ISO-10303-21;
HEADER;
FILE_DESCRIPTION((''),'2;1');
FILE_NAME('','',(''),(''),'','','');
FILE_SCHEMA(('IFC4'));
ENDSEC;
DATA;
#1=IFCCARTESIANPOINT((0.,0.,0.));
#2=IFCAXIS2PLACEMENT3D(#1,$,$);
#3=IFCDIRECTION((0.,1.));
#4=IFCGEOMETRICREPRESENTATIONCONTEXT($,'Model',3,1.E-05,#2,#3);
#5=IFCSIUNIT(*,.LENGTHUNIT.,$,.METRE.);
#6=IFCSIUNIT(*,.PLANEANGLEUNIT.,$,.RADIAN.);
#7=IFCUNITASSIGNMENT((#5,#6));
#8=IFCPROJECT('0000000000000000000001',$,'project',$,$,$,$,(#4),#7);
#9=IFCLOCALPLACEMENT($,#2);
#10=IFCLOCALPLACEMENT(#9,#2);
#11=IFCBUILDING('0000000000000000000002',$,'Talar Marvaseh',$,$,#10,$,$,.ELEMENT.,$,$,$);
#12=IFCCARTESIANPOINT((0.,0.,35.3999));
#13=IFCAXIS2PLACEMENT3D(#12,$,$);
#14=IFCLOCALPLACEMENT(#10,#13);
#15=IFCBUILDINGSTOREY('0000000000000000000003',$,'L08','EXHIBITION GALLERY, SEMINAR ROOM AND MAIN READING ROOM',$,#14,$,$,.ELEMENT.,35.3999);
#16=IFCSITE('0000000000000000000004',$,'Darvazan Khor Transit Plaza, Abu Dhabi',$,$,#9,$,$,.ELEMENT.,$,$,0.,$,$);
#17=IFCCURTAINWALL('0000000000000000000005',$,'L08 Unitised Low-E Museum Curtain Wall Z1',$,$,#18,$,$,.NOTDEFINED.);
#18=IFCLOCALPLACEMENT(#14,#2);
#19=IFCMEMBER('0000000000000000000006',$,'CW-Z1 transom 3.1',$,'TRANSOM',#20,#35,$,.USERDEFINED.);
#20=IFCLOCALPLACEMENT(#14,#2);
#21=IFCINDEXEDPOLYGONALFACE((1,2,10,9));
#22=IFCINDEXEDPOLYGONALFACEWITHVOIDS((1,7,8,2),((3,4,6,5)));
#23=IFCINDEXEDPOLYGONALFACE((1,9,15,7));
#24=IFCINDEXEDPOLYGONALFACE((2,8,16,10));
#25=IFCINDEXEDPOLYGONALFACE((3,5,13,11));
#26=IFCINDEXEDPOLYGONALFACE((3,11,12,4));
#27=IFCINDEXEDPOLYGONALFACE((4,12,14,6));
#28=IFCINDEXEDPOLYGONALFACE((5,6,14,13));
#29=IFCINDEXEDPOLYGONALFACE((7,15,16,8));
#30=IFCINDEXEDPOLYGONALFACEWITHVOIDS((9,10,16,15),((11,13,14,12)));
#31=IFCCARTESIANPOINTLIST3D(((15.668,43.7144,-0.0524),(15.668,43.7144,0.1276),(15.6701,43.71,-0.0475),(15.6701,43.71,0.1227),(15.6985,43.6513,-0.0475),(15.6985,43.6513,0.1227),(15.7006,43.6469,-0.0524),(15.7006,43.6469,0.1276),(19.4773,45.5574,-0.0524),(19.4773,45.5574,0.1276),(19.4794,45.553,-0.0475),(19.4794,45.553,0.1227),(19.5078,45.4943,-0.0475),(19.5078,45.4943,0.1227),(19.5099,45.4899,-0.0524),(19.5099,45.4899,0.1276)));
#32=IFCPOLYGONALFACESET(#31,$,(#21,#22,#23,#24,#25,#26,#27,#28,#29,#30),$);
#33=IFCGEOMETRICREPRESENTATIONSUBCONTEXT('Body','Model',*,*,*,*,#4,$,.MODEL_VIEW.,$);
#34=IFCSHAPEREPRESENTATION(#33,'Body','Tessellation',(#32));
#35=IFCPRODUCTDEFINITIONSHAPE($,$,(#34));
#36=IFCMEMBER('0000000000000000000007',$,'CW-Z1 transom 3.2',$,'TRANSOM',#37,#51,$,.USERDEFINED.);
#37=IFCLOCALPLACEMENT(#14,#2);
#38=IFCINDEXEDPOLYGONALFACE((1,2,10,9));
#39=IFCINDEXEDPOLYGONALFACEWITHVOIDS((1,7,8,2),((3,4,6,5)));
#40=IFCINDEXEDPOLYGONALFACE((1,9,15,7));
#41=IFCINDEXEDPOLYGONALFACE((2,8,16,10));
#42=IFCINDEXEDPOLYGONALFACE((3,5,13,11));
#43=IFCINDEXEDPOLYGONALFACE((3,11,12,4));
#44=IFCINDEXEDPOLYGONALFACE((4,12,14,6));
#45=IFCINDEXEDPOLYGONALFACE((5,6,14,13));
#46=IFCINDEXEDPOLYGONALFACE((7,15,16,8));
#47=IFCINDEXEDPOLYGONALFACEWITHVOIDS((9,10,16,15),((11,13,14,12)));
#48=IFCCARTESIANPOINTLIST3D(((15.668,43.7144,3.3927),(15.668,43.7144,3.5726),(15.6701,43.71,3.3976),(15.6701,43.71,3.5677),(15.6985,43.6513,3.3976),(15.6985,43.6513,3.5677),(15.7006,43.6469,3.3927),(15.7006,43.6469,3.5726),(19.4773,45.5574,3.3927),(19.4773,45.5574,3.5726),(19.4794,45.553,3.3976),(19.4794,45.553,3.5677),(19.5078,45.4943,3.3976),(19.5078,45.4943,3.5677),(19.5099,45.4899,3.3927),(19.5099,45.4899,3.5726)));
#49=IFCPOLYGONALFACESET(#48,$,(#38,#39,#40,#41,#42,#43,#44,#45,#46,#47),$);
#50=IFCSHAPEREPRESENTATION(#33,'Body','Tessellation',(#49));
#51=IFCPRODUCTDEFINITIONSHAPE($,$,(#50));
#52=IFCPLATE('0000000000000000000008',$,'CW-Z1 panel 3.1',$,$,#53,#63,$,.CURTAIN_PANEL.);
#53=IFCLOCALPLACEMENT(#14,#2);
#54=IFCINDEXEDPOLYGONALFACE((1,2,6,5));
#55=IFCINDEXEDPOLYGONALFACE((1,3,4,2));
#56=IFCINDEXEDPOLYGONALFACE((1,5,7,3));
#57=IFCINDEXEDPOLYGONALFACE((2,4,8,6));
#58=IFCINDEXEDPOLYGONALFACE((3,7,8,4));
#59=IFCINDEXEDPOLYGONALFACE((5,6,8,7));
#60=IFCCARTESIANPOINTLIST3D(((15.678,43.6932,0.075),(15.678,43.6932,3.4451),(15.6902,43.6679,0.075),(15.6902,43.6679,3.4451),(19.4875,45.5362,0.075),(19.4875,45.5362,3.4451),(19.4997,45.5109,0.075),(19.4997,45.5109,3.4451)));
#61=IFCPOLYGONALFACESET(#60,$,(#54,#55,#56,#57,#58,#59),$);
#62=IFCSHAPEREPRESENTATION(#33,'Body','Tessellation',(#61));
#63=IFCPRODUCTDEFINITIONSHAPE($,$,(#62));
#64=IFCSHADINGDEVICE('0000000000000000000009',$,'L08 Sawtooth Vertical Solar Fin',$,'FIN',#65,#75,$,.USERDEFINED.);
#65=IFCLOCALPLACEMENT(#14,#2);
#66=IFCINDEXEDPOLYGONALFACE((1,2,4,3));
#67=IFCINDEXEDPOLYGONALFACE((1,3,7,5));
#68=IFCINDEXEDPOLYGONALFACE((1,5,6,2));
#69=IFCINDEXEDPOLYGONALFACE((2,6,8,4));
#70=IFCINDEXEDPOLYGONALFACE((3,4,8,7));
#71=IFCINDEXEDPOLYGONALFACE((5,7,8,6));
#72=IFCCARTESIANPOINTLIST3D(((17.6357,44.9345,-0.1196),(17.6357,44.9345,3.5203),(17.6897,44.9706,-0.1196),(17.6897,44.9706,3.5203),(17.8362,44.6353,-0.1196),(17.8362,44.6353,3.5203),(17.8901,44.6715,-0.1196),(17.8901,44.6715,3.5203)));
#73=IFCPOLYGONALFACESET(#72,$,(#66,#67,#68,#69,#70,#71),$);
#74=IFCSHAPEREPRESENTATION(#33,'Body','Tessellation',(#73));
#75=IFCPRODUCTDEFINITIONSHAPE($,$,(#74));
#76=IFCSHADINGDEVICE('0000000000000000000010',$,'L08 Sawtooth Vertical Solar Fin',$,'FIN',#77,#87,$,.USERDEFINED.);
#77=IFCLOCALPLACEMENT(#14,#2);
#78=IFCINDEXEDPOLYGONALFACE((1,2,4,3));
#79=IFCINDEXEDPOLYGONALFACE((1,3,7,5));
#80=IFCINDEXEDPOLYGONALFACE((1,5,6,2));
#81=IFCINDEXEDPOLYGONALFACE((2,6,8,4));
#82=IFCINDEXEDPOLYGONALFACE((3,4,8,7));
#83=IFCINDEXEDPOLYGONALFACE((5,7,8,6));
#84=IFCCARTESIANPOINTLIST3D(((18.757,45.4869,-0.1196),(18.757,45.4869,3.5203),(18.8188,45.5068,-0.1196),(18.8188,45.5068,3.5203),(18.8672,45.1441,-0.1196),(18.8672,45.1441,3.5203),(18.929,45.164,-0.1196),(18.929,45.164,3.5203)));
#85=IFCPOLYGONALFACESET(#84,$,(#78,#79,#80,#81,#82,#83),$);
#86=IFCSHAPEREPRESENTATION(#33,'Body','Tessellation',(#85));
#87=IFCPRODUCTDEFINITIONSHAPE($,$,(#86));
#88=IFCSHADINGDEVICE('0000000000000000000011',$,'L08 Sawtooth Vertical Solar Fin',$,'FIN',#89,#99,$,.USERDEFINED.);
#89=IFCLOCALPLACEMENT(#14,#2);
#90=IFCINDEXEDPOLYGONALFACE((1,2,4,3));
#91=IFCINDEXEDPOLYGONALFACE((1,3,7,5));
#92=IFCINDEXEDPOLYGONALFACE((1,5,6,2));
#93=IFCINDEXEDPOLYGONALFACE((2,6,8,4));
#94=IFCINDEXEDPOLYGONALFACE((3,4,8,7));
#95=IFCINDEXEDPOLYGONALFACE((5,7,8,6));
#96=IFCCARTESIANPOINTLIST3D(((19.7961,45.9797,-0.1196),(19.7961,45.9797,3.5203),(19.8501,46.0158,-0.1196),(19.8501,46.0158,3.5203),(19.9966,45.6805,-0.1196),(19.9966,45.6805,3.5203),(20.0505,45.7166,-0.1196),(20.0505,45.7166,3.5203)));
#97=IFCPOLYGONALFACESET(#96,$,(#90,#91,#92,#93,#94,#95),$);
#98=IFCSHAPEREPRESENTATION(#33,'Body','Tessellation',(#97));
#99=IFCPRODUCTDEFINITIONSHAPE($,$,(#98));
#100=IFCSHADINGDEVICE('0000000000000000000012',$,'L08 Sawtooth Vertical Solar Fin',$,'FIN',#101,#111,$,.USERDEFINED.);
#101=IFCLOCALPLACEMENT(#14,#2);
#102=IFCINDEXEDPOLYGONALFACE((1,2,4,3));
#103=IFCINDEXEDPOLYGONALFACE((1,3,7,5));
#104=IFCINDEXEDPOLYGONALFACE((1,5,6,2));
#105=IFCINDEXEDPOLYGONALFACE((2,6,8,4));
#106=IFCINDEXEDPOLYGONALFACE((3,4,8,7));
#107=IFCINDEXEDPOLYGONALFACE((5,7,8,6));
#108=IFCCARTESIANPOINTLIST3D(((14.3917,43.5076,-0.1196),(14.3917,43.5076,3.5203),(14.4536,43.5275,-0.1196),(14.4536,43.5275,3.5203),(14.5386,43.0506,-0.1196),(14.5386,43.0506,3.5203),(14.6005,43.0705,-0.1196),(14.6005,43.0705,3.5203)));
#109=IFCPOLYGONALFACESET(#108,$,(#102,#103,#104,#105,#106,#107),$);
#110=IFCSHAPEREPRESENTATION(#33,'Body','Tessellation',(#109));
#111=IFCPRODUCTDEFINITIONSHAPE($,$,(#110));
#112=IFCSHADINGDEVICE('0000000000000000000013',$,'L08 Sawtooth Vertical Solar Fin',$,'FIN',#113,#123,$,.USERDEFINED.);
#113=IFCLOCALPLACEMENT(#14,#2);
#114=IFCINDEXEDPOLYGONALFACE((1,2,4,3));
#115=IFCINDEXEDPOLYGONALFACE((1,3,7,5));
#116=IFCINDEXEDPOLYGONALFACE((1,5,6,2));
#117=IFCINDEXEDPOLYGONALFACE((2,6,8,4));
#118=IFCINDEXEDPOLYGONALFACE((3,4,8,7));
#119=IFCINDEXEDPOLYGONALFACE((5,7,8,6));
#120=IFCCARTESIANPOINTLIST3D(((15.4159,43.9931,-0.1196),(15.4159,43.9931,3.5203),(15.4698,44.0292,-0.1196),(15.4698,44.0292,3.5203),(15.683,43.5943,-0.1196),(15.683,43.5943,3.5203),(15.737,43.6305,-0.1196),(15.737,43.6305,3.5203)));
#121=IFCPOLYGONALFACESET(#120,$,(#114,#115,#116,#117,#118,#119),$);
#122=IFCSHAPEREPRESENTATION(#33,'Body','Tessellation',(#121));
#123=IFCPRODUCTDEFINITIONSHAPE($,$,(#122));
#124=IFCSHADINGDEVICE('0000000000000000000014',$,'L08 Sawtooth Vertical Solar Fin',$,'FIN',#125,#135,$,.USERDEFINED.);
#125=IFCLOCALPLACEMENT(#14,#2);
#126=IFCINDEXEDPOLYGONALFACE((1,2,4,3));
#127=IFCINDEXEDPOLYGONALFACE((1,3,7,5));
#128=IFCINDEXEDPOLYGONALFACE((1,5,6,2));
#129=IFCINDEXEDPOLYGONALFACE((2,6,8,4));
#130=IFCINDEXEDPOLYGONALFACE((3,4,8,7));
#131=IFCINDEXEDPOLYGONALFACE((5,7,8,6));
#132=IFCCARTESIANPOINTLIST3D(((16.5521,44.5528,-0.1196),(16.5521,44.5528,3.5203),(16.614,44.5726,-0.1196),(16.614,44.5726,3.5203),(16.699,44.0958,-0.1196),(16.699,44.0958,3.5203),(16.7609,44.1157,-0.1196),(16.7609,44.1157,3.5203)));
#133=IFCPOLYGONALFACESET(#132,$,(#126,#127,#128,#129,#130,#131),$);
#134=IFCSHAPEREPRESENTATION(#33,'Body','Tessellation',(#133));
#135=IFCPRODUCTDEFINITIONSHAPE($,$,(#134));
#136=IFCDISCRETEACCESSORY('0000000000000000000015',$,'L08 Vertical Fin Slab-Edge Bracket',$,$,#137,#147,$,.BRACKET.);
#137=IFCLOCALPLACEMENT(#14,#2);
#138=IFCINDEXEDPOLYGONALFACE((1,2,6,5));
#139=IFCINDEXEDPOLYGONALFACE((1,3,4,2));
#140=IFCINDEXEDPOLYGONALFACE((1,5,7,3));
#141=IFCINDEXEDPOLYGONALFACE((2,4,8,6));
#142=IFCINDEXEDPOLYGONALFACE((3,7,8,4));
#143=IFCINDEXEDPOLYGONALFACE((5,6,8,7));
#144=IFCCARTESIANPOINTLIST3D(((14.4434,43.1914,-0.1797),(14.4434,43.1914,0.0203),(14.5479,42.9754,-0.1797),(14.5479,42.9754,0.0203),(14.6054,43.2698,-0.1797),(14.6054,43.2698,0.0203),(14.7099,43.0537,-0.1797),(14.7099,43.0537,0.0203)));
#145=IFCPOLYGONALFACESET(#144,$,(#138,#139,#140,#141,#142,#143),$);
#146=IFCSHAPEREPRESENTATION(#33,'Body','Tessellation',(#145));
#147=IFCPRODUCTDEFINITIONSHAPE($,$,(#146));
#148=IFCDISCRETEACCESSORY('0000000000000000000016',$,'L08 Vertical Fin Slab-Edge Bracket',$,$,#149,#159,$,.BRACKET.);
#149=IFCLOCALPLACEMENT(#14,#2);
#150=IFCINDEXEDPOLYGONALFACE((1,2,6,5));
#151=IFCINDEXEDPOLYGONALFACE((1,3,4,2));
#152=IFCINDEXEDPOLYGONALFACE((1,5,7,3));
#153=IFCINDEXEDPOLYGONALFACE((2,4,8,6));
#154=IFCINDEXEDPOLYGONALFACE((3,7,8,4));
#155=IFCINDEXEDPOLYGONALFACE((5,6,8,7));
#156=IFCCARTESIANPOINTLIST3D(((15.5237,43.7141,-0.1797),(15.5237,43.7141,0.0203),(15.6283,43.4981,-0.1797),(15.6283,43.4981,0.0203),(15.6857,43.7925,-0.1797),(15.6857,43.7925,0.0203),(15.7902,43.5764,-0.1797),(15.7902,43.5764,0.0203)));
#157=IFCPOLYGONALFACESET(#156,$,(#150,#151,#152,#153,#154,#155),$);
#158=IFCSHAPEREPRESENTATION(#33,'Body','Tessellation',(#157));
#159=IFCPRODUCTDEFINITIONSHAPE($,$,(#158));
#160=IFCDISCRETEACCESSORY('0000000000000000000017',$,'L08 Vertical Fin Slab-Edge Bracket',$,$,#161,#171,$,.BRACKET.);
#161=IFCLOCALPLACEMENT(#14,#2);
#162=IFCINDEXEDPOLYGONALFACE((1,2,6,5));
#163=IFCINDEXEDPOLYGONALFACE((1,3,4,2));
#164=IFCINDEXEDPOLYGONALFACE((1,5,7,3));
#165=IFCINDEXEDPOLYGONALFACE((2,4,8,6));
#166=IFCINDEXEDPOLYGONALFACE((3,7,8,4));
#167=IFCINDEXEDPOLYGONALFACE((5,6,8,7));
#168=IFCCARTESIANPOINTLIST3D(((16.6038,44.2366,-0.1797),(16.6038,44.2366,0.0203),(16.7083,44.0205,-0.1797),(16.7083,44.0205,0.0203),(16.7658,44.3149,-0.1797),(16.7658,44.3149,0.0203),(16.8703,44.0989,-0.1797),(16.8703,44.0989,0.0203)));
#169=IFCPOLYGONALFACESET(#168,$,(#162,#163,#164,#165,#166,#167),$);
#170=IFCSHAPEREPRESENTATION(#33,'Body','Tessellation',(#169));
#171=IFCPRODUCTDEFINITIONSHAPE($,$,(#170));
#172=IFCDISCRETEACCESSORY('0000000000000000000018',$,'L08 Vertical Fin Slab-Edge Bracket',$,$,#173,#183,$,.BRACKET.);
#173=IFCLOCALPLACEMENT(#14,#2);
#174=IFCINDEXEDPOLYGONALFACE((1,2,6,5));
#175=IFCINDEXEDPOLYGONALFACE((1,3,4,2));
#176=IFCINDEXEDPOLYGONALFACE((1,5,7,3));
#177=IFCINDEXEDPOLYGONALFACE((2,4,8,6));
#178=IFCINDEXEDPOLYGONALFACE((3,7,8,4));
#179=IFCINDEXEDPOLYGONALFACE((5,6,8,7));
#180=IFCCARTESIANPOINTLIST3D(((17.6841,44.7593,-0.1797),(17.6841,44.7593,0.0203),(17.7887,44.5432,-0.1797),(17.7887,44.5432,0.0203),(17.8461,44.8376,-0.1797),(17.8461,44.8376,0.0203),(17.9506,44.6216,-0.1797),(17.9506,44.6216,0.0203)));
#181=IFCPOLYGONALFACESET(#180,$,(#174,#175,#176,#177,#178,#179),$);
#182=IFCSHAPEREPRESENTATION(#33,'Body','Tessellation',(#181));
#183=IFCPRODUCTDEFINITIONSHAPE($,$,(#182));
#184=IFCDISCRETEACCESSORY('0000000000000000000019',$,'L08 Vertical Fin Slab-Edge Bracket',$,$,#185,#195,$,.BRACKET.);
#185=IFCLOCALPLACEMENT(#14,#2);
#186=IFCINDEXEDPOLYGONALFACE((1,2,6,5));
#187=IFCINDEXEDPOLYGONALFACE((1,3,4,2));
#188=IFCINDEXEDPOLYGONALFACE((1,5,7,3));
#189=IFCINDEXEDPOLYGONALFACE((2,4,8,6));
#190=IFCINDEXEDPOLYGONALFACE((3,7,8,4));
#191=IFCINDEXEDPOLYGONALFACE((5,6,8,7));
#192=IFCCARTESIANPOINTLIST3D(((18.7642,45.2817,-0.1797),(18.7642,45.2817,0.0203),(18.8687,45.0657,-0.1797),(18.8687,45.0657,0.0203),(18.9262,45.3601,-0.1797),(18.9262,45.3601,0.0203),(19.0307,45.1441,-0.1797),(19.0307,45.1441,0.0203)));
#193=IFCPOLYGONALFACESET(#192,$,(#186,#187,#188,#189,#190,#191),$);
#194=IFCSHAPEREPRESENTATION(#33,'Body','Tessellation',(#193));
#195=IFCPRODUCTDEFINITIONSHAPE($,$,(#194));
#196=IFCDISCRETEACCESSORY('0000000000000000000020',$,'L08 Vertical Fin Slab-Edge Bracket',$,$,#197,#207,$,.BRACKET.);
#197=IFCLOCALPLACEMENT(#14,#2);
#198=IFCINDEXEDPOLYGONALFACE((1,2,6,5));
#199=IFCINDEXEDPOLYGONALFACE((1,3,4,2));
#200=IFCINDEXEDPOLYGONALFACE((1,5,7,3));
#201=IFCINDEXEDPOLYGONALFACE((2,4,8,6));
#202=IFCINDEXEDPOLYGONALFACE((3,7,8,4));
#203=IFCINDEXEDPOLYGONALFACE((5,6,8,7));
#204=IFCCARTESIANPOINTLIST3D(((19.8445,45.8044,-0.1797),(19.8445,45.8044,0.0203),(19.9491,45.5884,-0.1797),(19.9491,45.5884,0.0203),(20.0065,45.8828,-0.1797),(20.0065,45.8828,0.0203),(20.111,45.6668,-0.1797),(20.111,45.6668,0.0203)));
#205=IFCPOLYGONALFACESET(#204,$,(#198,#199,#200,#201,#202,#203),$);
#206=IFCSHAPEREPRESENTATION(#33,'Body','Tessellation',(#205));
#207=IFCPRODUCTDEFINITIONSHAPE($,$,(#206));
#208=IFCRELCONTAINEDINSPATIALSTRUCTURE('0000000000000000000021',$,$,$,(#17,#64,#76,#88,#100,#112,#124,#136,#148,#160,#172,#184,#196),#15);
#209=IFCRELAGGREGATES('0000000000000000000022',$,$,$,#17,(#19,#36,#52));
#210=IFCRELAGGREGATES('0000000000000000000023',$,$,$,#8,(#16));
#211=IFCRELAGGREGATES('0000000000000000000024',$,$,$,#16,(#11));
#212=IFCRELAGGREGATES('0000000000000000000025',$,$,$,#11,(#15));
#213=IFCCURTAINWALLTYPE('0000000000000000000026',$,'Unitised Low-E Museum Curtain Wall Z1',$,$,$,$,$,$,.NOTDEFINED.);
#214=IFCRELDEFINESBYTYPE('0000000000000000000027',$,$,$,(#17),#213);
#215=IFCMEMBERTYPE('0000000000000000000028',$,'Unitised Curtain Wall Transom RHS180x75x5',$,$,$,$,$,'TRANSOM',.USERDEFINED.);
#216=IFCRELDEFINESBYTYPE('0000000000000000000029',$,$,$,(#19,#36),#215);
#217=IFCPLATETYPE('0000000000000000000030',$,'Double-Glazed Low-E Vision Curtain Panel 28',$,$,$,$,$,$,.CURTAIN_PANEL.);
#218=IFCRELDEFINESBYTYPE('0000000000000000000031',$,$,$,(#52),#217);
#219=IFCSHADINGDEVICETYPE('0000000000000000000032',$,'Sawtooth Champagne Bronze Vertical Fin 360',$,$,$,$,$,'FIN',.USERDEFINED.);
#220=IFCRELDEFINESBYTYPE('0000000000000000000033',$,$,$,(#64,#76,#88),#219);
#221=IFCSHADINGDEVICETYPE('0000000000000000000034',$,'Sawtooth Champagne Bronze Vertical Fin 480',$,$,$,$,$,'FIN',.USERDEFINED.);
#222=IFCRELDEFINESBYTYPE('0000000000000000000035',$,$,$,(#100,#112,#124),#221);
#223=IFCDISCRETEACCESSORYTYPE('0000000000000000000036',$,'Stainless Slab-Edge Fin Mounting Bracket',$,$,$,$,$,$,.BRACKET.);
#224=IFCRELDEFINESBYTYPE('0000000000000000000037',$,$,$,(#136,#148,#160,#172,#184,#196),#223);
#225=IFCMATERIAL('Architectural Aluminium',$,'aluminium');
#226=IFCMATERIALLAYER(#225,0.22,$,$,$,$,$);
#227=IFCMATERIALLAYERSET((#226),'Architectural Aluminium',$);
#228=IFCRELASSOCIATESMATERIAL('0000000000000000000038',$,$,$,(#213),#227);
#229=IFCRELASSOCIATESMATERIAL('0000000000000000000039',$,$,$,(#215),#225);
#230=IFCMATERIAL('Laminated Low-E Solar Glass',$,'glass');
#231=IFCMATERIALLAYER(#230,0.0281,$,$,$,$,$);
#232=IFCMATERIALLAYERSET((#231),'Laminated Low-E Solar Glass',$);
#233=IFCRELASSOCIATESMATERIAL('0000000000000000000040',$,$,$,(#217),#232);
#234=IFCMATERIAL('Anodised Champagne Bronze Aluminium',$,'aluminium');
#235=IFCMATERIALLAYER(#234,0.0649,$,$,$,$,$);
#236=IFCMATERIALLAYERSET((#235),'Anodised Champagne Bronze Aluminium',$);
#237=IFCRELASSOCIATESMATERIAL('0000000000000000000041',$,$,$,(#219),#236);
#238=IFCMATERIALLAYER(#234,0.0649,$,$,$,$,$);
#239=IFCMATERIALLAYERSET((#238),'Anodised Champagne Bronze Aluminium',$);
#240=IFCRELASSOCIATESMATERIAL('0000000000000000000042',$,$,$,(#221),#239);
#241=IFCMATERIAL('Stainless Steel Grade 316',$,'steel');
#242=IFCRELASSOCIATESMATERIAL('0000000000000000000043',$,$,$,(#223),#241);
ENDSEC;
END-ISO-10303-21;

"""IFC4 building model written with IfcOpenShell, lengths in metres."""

from ifc_helpers import new_model, si_unit, direction, frame, origin, origin_2d, place, context, subcontext, project, spatial, rectangle, hollow_rectangle, extrude, source, transform, mapped, material, layer, layer_set, material_profile, profile_set, type_object, type_shapes, element, aggregate, save


model = new_model("IFC4")

# Units and contexts
model_context = context("Model", 3, precision=1e-05, world=origin(), true_north=direction((0.0, 1.0)))
body_context = subcontext(model_context, "Body", "Model", "MODEL_VIEW")
ifc_project = project(units=[si_unit("LENGTHUNIT", "METRE"), si_unit("PLANEANGLEUNIT", "RADIAN")], contexts=[model_context])

# Site, building, storey
site_placement = place(None, origin())
site = spatial("IfcSite", under=ifc_project, at=site_placement, Name="Darvazan Khor Transit Plaza, Abu Dhabi", CompositionType="ELEMENT", RefElevation=0.0)
building_placement = place(site_placement, origin())
building = spatial("IfcBuilding", under=site, at=building_placement, Name="Talar Marvaseh", CompositionType="ELEMENT")
storey_placement = place(building_placement, frame((0.0, 0.0, 35.3999)))
storey = spatial("IfcBuildingStorey", under=building, at=storey_placement, Name="L08", Description="EXHIBITION GALLERY, SEMINAR ROOM AND MAIN READING ROOM", CompositionType="ELEMENT", Elevation=35.3999)

# Curtain wall, members, plate
ifc_material_1 = material(Name="Architectural Aluminium", Category="aluminium")
ifc_layer_1 = layer(ifc_material_1, 0.22)
ifc_layer_set_1 = layer_set([ifc_layer_1], Name="Architectural Aluminium")
curtain_wall_type = type_object("IfcCurtainWallType", Name="Unitised Low-E Museum Curtain Wall Z1", PredefinedType="NOTDEFINED", material=ifc_layer_set_1)
curtain_wall_placement = place(storey_placement, origin())
curtain_wall = element("IfcCurtainWall", 1, at=curtain_wall_placement, inside=storey, type_object=curtain_wall_type, Name="L08 Unitised Low-E Museum Curtain Wall Z1", PredefinedType="NOTDEFINED")
ifc_material_profile_1 = material_profile(ifc_material_1, hollow_rectangle(XDim=0.075, YDim=0.1799, WallThickness=0.0049, at=origin_2d()), Name="RHS180x75x5")
ifc_profile_set_1 = profile_set([ifc_material_profile_1], Name="Architectural Aluminium")
member_type_1 = type_object("IfcMemberType", Name="Unitised Curtain Wall Transom RHS180x75x5", ElementType="TRANSOM", PredefinedType="USERDEFINED", material=ifc_profile_set_1)
shared_shape_1 = source(origin(), body_context, "Body", "SweptSolid", [
    extrude(hollow_rectangle(XDim=0.075, YDim=0.1799, WallThickness=0.0049, at=origin_2d()), origin(), (0.0, 0.0, 1.0), 4.2317),
])
member_1_placement = place(storey_placement, frame((15.6843, 43.6807, 0.0376), z_axis=(0.900178, 0.435522, 0.0), x_axis=(-0.435522, 0.900178, 0.0)))
member_1 = element("IfcMember", 2, at=member_1_placement, type_object=member_type_1, Name="CW-Z1 transom 3.1", ObjectType="TRANSOM", PredefinedType="USERDEFINED", context=body_context, shape_type="MappedRepresentation", body=[
    mapped(shared_shape_1, transform((0.0, 0.0, 0.0), x_axis=(1.0, 0.0, 0.0), y_axis=(0.0, 1.0, 0.0), z_axis=(0.0, 0.0, 1.0), scale=1.0)),
])
member_2_placement = place(storey_placement, frame((15.6843, 43.6807, 3.4827), z_axis=(0.900178, 0.435522, 0.0), x_axis=(-0.435522, 0.900178, 0.0)))
member_2 = element("IfcMember", 3, at=member_2_placement, type_object=member_type_1, Name="CW-Z1 transom 3.2", ObjectType="TRANSOM", PredefinedType="USERDEFINED", context=body_context, shape_type="MappedRepresentation", body=[
    mapped(shared_shape_1, transform((0.0, 0.0, 0.0), x_axis=(1.0, 0.0, 0.0), y_axis=(0.0, 1.0, 0.0), z_axis=(0.0, 0.0, 1.0), scale=1.0)),
])
ifc_material_2 = material(Name="Laminated Low-E Solar Glass", Category="glass")
ifc_layer_2 = layer(ifc_material_2, 0.0281)
ifc_layer_set_2 = layer_set([ifc_layer_2], Name="Laminated Low-E Solar Glass")
plate_type = type_object("IfcPlateType", Name="Double-Glazed Low-E Vision Curtain Panel 28", PredefinedType="CURTAIN_PANEL", material=ifc_layer_set_2)
shared_shape_2 = source(origin(), body_context, "Body", "SweptSolid", [
    extrude(rectangle(XDim=4.2319, YDim=0.0281, at=origin_2d()), origin(), (0.0, 0.0, 1.0), 3.3701),
])
type_shapes(plate_type, [shared_shape_2])
plate_placement = place(storey_placement, frame((17.5889, 44.6021, 0.075), z_axis=(0.0, 0.0, 1.0), x_axis=(0.900184, 0.43551, 0.0)))
plate = element("IfcPlate", 4, at=plate_placement, type_object=plate_type, Name="CW-Z1 panel 3.1", PredefinedType="CURTAIN_PANEL", context=body_context, shape_type="MappedRepresentation", body=[
    mapped(shared_shape_2, transform((0.0, 0.0, 0.0), x_axis=(1.0, 0.0, 0.0), y_axis=(0.0, 1.0, 0.0), z_axis=(0.0, 0.0, 1.0), scale=1.0)),
])
aggregate(curtain_wall, [member_1, member_2, plate])

# Shading devices
ifc_material_3 = material(Name="Anodised Champagne Bronze Aluminium", Category="aluminium")
ifc_layer_3 = layer(ifc_material_3, 0.0649)
ifc_layer_set_3 = layer_set([ifc_layer_3], Name="Anodised Champagne Bronze Aluminium")
shading_device_type_1 = type_object("IfcShadingDeviceType", Name="Sawtooth Champagne Bronze Vertical Fin 360", ElementType="FIN", PredefinedType="USERDEFINED", material=ifc_layer_set_3)
shared_shape_3 = source(origin(), body_context, "Body", "SweptSolid", [
    extrude(rectangle(XDim=0.3601, YDim=0.0649, at=origin_2d()), origin(), (0.0, 0.0, 1.0), 3.6399),
])
type_shapes(shading_device_type_1, [shared_shape_3])
for number, where, z_axis, x_axis, name in (
    (5, (17.7629, 44.803, -0.1196), (0.0, 0.0, 1.0), (-0.556586, 0.83079, 0.0), "L08 Sawtooth Vertical Solar Fin"),
    (6, (18.843, 45.3254, -0.1196), (0.0, 0.0, 1.0), (-0.306028, 0.952023, 0.0), "L08 Sawtooth Vertical Solar Fin"),
    (7, (19.9233, 45.8481, -0.1196), (0.0, 0.0, 1.0), (-0.556586, 0.83079, 0.0), "L08 Sawtooth Vertical Solar Fin"),
):
    element("IfcShadingDevice", number, at=place(storey_placement, frame(where, z_axis=z_axis, x_axis=x_axis)), inside=storey, type_object=shading_device_type_1, Name=name, ObjectType="FIN", PredefinedType="USERDEFINED", context=body_context, shape_type="MappedRepresentation", body=[
        mapped(shared_shape_3, transform((0.0, 0.0, 0.0), x_axis=(1.0, 0.0, 0.0), y_axis=(0.0, 1.0, 0.0), z_axis=(0.0, 0.0, 1.0), scale=1.0)),
    ])
ifc_layer_4 = layer(ifc_material_3, 0.0649)
ifc_layer_set_4 = layer_set([ifc_layer_4], Name="Anodised Champagne Bronze Aluminium")
shading_device_type_2 = type_object("IfcShadingDeviceType", Name="Sawtooth Champagne Bronze Vertical Fin 480", ElementType="FIN", PredefinedType="USERDEFINED", material=ifc_layer_set_4)
shared_shape_4 = source(origin(), body_context, "Body", "SweptSolid", [
    extrude(rectangle(XDim=0.48, YDim=0.0649, at=origin_2d()), origin(), (0.0, 0.0, 1.0), 3.6399),
])
type_shapes(shading_device_type_2, [shared_shape_4])
for number, where, z_axis, x_axis, name in (
    (8, (14.4961, 43.2891, -0.1196), (0.0, 0.0, 1.0), (-0.306028, 0.952023, 0.0), "L08 Sawtooth Vertical Solar Fin"),
    (9, (15.5764, 43.8118, -0.1196), (0.0, 0.0, 1.0), (-0.556586, 0.83079, 0.0), "L08 Sawtooth Vertical Solar Fin"),
    (10, (16.6565, 44.3342, -0.1196), (0.0, 0.0, 1.0), (-0.306028, 0.952023, 0.0), "L08 Sawtooth Vertical Solar Fin"),
):
    element("IfcShadingDevice", number, at=place(storey_placement, frame(where, z_axis=z_axis, x_axis=x_axis)), inside=storey, type_object=shading_device_type_2, Name=name, ObjectType="FIN", PredefinedType="USERDEFINED", context=body_context, shape_type="MappedRepresentation", body=[
        mapped(shared_shape_4, transform((0.0, 0.0, 0.0), x_axis=(1.0, 0.0, 0.0), y_axis=(0.0, 1.0, 0.0), z_axis=(0.0, 0.0, 1.0), scale=1.0)),
    ])

# Discrete accessories
ifc_material_4 = material(Name="Stainless Steel Grade 316", Category="steel")
discrete_accessory_type = type_object("IfcDiscreteAccessoryType", Name="Stainless Slab-Edge Fin Mounting Bracket", PredefinedType="BRACKET", material=ifc_material_4)
shared_shape_5 = source(origin(), body_context, "Body", "SweptSolid", [
    extrude(rectangle(XDim=0.24, YDim=0.1799, at=origin_2d()), origin(), (0.0, 0.0, 1.0), 0.2),
])
type_shapes(discrete_accessory_type, [shared_shape_5])
for number, where, z_axis, x_axis, name in (
    (11, (14.5767, 43.1226, -0.1797), (0.0, 0.0, 1.0), (-0.435545, 0.900167, 0.0), "L08 Vertical Fin Slab-Edge Bracket"),
    (12, (15.657, 43.6453, -0.1797), (0.0, 0.0, 1.0), (-0.435545, 0.900167, 0.0), "L08 Vertical Fin Slab-Edge Bracket"),
    (13, (16.7371, 44.1677, -0.1797), (0.0, 0.0, 1.0), (-0.435545, 0.900167, 0.0), "L08 Vertical Fin Slab-Edge Bracket"),
    (14, (17.8174, 44.6904, -0.1797), (0.0, 0.0, 1.0), (-0.435545, 0.900167, 0.0), "L08 Vertical Fin Slab-Edge Bracket"),
    (15, (18.8975, 45.2129, -0.1797), (0.0, 0.0, 1.0), (-0.435545, 0.900167, 0.0), "L08 Vertical Fin Slab-Edge Bracket"),
    (16, (19.9778, 45.7356, -0.1797), (0.0, 0.0, 1.0), (-0.435545, 0.900167, 0.0), "L08 Vertical Fin Slab-Edge Bracket"),
):
    element("IfcDiscreteAccessory", number, at=place(storey_placement, frame(where, z_axis=z_axis, x_axis=x_axis)), inside=storey, type_object=discrete_accessory_type, Name=name, PredefinedType="BRACKET", context=body_context, shape_type="MappedRepresentation", body=[
        mapped(shared_shape_5, transform((0.0, 0.0, 0.0), x_axis=(1.0, 0.0, 0.0), y_axis=(0.0, 1.0, 0.0), z_axis=(0.0, 0.0, 1.0), scale=1.0)),
    ])

save(model, "model.ifc")
